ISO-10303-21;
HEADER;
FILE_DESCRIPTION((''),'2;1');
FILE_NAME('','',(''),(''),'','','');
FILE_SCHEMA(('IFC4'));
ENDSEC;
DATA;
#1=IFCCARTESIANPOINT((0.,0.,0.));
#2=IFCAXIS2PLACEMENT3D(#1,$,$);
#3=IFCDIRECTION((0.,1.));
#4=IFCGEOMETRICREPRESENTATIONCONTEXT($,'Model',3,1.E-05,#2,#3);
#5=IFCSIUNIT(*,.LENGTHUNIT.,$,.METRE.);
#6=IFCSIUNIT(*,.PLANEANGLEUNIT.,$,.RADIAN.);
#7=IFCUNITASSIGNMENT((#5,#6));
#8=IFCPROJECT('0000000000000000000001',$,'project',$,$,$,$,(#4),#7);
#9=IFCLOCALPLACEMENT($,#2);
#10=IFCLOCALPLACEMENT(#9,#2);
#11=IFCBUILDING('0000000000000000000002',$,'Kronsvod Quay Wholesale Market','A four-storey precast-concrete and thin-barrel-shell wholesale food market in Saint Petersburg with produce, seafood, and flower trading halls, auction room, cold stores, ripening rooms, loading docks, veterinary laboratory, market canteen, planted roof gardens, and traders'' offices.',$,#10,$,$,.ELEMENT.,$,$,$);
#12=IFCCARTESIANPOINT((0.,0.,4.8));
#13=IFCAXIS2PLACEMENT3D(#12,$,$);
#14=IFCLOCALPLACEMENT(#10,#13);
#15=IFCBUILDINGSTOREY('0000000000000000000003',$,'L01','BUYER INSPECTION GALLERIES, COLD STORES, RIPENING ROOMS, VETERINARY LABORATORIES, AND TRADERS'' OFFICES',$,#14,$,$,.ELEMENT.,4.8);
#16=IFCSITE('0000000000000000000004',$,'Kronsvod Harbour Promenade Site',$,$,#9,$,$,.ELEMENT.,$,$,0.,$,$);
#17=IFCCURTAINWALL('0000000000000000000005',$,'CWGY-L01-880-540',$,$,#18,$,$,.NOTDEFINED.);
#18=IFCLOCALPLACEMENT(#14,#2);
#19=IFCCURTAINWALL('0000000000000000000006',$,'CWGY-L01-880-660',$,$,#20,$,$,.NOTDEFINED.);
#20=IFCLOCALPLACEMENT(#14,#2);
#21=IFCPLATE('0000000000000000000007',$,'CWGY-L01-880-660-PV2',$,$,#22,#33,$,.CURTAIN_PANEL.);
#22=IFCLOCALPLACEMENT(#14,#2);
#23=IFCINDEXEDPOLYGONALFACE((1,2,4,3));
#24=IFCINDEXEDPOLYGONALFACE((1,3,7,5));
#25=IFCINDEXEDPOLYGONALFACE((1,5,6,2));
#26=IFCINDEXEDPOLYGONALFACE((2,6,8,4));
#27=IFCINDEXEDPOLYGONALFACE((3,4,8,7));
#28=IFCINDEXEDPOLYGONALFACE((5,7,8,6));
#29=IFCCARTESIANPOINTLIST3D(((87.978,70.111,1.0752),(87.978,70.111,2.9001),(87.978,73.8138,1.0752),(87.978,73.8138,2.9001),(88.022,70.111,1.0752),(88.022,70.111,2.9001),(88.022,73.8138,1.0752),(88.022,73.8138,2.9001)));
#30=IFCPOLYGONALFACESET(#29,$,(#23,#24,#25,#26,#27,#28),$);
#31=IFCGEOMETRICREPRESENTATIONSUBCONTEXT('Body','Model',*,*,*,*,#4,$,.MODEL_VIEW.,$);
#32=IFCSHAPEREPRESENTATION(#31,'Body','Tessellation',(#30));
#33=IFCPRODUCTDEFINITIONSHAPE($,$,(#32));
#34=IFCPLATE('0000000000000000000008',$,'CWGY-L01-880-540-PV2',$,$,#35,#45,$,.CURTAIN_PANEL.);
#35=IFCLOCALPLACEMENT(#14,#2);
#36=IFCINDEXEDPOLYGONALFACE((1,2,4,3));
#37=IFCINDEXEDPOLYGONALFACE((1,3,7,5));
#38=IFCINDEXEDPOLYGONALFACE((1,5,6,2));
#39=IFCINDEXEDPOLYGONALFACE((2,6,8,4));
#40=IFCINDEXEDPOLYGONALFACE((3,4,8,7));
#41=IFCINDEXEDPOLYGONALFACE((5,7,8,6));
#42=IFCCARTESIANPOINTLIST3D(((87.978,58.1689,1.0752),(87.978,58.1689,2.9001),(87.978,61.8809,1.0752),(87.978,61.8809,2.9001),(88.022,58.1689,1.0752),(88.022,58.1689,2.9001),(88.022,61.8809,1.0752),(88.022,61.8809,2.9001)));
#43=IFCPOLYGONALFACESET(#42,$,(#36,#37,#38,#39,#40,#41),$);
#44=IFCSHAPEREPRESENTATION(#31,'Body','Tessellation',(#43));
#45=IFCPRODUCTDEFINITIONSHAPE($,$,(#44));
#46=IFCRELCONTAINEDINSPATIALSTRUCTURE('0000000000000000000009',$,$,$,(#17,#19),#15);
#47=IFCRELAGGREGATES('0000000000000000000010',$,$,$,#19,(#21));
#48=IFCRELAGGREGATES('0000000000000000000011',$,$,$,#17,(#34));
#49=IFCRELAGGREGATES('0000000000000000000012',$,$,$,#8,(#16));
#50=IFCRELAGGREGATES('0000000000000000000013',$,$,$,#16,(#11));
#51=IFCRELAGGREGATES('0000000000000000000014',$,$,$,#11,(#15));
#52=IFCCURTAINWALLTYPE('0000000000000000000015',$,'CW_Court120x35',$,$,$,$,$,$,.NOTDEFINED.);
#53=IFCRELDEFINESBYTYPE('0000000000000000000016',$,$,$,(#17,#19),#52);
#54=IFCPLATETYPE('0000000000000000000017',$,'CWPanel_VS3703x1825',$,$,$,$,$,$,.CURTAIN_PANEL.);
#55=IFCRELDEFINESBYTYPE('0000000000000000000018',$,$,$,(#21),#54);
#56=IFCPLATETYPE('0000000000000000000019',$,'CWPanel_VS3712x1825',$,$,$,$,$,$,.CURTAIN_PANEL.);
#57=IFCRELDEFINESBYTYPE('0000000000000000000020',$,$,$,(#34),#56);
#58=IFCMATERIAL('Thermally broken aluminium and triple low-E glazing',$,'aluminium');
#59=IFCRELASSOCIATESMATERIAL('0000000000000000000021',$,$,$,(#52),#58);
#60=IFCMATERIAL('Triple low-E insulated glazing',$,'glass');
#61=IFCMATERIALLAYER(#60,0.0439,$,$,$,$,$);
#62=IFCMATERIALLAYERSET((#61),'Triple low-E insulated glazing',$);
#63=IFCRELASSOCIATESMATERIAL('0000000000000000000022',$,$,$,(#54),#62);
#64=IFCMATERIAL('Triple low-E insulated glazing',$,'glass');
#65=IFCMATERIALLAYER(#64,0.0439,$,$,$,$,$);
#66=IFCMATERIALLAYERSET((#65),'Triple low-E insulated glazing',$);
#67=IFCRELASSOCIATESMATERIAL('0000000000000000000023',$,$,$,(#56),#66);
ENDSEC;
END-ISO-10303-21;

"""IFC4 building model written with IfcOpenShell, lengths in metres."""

from ifc_helpers import new_model, si_unit, direction, frame, origin, origin_2d, place, context, subcontext, project, spatial, rectangle, extrude, material, layer, layer_set, type_object, element, aggregate, save


model = new_model("IFC4")

# Units and contexts
model_context = context("Model", 3, precision=1e-05, world=origin(), true_north=direction((0.0, 1.0)))
body_context = subcontext(model_context, "Body", "Model", "MODEL_VIEW")
ifc_project = project(units=[si_unit("LENGTHUNIT", "METRE"), si_unit("PLANEANGLEUNIT", "RADIAN")], contexts=[model_context])

# Site, building, storey
site_placement = place(None, origin())
site = spatial("IfcSite", under=ifc_project, at=site_placement, Name="Kronsvod Harbour Promenade Site", CompositionType="ELEMENT", RefElevation=0.0)
building_placement = place(site_placement, origin())
building = spatial("IfcBuilding", under=site, at=building_placement, Name="Kronsvod Quay Wholesale Market", Description="A four-storey precast-concrete and thin-barrel-shell wholesale food market in Saint Petersburg with produce, seafood, and flower trading halls, auction room, cold stores, ripening rooms, loading docks, veterinary laboratory, market canteen, planted roof gardens, and traders' offices.", CompositionType="ELEMENT")
storey_placement = place(building_placement, frame((0.0, 0.0, 4.8)))
storey = spatial("IfcBuildingStorey", under=building, at=storey_placement, Name="L01", Description="BUYER INSPECTION GALLERIES, COLD STORES, RIPENING ROOMS, VETERINARY LABORATORIES, AND TRADERS' OFFICES", CompositionType="ELEMENT", Elevation=4.8)

# Curtain walls
ifc_material_1 = material(Name="Thermally broken aluminium and triple low-E glazing", Category="aluminium")
curtain_wall_type = type_object("IfcCurtainWallType", Name="CW_Court120x35", PredefinedType="NOTDEFINED", material=ifc_material_1)
curtain_wall_1_placement = place(storey_placement, origin())
curtain_wall_1 = element("IfcCurtainWall", 1, at=curtain_wall_1_placement, inside=storey, type_object=curtain_wall_type, Name="CWGY-L01-880-540", PredefinedType="NOTDEFINED")
curtain_wall_2_placement = place(storey_placement, origin())
curtain_wall_2 = element("IfcCurtainWall", 2, at=curtain_wall_2_placement, inside=storey, type_object=curtain_wall_type, Name="CWGY-L01-880-660", PredefinedType="NOTDEFINED")

# Plates
ifc_material_2 = material(Name="Triple low-E insulated glazing", Category="glass")
ifc_layer_1 = layer(ifc_material_2, 0.0439)
ifc_layer_set_1 = layer_set([ifc_layer_1], Name="Triple low-E insulated glazing")
plate_type_1 = type_object("IfcPlateType", Name="CWPanel_VS3703x1825", PredefinedType="CURTAIN_PANEL", material=ifc_layer_set_1)
plate_1_placement = place(storey_placement, frame((88.0, 71.9624, 1.0752), z_axis=(0.0, 0.0, 1.0), x_axis=(0.0, 1.0, 0.0)))
plate_1 = element("IfcPlate", 3, at=plate_1_placement, type_object=plate_type_1, Name="CWGY-L01-880-660-PV2", PredefinedType="CURTAIN_PANEL", context=body_context, shape_type="SweptSolid", body=[
    extrude(rectangle(XDim=3.7029, YDim=0.0439, at=origin_2d()), origin(), (0.0, 0.0, 1.0), 1.825),
])
aggregate(curtain_wall_2, [plate_1])
ifc_material_3 = material(Name="Triple low-E insulated glazing", Category="glass")
ifc_layer_2 = layer(ifc_material_3, 0.0439)
ifc_layer_set_2 = layer_set([ifc_layer_2], Name="Triple low-E insulated glazing")
plate_type_2 = type_object("IfcPlateType", Name="CWPanel_VS3712x1825", PredefinedType="CURTAIN_PANEL", material=ifc_layer_set_2)
plate_2_placement = place(storey_placement, frame((88.0, 60.0249, 1.0752), z_axis=(0.0, 0.0, 1.0), x_axis=(0.0, 1.0, 0.0)))
plate_2 = element("IfcPlate", 4, at=plate_2_placement, type_object=plate_type_2, Name="CWGY-L01-880-540-PV2", PredefinedType="CURTAIN_PANEL", context=body_context, shape_type="SweptSolid", body=[
    extrude(rectangle(XDim=3.7119, YDim=0.0439, at=origin_2d()), origin(), (0.0, 0.0, 1.0), 1.825),
])
aggregate(curtain_wall_1, [plate_2])

save(model, "model.ifc")
